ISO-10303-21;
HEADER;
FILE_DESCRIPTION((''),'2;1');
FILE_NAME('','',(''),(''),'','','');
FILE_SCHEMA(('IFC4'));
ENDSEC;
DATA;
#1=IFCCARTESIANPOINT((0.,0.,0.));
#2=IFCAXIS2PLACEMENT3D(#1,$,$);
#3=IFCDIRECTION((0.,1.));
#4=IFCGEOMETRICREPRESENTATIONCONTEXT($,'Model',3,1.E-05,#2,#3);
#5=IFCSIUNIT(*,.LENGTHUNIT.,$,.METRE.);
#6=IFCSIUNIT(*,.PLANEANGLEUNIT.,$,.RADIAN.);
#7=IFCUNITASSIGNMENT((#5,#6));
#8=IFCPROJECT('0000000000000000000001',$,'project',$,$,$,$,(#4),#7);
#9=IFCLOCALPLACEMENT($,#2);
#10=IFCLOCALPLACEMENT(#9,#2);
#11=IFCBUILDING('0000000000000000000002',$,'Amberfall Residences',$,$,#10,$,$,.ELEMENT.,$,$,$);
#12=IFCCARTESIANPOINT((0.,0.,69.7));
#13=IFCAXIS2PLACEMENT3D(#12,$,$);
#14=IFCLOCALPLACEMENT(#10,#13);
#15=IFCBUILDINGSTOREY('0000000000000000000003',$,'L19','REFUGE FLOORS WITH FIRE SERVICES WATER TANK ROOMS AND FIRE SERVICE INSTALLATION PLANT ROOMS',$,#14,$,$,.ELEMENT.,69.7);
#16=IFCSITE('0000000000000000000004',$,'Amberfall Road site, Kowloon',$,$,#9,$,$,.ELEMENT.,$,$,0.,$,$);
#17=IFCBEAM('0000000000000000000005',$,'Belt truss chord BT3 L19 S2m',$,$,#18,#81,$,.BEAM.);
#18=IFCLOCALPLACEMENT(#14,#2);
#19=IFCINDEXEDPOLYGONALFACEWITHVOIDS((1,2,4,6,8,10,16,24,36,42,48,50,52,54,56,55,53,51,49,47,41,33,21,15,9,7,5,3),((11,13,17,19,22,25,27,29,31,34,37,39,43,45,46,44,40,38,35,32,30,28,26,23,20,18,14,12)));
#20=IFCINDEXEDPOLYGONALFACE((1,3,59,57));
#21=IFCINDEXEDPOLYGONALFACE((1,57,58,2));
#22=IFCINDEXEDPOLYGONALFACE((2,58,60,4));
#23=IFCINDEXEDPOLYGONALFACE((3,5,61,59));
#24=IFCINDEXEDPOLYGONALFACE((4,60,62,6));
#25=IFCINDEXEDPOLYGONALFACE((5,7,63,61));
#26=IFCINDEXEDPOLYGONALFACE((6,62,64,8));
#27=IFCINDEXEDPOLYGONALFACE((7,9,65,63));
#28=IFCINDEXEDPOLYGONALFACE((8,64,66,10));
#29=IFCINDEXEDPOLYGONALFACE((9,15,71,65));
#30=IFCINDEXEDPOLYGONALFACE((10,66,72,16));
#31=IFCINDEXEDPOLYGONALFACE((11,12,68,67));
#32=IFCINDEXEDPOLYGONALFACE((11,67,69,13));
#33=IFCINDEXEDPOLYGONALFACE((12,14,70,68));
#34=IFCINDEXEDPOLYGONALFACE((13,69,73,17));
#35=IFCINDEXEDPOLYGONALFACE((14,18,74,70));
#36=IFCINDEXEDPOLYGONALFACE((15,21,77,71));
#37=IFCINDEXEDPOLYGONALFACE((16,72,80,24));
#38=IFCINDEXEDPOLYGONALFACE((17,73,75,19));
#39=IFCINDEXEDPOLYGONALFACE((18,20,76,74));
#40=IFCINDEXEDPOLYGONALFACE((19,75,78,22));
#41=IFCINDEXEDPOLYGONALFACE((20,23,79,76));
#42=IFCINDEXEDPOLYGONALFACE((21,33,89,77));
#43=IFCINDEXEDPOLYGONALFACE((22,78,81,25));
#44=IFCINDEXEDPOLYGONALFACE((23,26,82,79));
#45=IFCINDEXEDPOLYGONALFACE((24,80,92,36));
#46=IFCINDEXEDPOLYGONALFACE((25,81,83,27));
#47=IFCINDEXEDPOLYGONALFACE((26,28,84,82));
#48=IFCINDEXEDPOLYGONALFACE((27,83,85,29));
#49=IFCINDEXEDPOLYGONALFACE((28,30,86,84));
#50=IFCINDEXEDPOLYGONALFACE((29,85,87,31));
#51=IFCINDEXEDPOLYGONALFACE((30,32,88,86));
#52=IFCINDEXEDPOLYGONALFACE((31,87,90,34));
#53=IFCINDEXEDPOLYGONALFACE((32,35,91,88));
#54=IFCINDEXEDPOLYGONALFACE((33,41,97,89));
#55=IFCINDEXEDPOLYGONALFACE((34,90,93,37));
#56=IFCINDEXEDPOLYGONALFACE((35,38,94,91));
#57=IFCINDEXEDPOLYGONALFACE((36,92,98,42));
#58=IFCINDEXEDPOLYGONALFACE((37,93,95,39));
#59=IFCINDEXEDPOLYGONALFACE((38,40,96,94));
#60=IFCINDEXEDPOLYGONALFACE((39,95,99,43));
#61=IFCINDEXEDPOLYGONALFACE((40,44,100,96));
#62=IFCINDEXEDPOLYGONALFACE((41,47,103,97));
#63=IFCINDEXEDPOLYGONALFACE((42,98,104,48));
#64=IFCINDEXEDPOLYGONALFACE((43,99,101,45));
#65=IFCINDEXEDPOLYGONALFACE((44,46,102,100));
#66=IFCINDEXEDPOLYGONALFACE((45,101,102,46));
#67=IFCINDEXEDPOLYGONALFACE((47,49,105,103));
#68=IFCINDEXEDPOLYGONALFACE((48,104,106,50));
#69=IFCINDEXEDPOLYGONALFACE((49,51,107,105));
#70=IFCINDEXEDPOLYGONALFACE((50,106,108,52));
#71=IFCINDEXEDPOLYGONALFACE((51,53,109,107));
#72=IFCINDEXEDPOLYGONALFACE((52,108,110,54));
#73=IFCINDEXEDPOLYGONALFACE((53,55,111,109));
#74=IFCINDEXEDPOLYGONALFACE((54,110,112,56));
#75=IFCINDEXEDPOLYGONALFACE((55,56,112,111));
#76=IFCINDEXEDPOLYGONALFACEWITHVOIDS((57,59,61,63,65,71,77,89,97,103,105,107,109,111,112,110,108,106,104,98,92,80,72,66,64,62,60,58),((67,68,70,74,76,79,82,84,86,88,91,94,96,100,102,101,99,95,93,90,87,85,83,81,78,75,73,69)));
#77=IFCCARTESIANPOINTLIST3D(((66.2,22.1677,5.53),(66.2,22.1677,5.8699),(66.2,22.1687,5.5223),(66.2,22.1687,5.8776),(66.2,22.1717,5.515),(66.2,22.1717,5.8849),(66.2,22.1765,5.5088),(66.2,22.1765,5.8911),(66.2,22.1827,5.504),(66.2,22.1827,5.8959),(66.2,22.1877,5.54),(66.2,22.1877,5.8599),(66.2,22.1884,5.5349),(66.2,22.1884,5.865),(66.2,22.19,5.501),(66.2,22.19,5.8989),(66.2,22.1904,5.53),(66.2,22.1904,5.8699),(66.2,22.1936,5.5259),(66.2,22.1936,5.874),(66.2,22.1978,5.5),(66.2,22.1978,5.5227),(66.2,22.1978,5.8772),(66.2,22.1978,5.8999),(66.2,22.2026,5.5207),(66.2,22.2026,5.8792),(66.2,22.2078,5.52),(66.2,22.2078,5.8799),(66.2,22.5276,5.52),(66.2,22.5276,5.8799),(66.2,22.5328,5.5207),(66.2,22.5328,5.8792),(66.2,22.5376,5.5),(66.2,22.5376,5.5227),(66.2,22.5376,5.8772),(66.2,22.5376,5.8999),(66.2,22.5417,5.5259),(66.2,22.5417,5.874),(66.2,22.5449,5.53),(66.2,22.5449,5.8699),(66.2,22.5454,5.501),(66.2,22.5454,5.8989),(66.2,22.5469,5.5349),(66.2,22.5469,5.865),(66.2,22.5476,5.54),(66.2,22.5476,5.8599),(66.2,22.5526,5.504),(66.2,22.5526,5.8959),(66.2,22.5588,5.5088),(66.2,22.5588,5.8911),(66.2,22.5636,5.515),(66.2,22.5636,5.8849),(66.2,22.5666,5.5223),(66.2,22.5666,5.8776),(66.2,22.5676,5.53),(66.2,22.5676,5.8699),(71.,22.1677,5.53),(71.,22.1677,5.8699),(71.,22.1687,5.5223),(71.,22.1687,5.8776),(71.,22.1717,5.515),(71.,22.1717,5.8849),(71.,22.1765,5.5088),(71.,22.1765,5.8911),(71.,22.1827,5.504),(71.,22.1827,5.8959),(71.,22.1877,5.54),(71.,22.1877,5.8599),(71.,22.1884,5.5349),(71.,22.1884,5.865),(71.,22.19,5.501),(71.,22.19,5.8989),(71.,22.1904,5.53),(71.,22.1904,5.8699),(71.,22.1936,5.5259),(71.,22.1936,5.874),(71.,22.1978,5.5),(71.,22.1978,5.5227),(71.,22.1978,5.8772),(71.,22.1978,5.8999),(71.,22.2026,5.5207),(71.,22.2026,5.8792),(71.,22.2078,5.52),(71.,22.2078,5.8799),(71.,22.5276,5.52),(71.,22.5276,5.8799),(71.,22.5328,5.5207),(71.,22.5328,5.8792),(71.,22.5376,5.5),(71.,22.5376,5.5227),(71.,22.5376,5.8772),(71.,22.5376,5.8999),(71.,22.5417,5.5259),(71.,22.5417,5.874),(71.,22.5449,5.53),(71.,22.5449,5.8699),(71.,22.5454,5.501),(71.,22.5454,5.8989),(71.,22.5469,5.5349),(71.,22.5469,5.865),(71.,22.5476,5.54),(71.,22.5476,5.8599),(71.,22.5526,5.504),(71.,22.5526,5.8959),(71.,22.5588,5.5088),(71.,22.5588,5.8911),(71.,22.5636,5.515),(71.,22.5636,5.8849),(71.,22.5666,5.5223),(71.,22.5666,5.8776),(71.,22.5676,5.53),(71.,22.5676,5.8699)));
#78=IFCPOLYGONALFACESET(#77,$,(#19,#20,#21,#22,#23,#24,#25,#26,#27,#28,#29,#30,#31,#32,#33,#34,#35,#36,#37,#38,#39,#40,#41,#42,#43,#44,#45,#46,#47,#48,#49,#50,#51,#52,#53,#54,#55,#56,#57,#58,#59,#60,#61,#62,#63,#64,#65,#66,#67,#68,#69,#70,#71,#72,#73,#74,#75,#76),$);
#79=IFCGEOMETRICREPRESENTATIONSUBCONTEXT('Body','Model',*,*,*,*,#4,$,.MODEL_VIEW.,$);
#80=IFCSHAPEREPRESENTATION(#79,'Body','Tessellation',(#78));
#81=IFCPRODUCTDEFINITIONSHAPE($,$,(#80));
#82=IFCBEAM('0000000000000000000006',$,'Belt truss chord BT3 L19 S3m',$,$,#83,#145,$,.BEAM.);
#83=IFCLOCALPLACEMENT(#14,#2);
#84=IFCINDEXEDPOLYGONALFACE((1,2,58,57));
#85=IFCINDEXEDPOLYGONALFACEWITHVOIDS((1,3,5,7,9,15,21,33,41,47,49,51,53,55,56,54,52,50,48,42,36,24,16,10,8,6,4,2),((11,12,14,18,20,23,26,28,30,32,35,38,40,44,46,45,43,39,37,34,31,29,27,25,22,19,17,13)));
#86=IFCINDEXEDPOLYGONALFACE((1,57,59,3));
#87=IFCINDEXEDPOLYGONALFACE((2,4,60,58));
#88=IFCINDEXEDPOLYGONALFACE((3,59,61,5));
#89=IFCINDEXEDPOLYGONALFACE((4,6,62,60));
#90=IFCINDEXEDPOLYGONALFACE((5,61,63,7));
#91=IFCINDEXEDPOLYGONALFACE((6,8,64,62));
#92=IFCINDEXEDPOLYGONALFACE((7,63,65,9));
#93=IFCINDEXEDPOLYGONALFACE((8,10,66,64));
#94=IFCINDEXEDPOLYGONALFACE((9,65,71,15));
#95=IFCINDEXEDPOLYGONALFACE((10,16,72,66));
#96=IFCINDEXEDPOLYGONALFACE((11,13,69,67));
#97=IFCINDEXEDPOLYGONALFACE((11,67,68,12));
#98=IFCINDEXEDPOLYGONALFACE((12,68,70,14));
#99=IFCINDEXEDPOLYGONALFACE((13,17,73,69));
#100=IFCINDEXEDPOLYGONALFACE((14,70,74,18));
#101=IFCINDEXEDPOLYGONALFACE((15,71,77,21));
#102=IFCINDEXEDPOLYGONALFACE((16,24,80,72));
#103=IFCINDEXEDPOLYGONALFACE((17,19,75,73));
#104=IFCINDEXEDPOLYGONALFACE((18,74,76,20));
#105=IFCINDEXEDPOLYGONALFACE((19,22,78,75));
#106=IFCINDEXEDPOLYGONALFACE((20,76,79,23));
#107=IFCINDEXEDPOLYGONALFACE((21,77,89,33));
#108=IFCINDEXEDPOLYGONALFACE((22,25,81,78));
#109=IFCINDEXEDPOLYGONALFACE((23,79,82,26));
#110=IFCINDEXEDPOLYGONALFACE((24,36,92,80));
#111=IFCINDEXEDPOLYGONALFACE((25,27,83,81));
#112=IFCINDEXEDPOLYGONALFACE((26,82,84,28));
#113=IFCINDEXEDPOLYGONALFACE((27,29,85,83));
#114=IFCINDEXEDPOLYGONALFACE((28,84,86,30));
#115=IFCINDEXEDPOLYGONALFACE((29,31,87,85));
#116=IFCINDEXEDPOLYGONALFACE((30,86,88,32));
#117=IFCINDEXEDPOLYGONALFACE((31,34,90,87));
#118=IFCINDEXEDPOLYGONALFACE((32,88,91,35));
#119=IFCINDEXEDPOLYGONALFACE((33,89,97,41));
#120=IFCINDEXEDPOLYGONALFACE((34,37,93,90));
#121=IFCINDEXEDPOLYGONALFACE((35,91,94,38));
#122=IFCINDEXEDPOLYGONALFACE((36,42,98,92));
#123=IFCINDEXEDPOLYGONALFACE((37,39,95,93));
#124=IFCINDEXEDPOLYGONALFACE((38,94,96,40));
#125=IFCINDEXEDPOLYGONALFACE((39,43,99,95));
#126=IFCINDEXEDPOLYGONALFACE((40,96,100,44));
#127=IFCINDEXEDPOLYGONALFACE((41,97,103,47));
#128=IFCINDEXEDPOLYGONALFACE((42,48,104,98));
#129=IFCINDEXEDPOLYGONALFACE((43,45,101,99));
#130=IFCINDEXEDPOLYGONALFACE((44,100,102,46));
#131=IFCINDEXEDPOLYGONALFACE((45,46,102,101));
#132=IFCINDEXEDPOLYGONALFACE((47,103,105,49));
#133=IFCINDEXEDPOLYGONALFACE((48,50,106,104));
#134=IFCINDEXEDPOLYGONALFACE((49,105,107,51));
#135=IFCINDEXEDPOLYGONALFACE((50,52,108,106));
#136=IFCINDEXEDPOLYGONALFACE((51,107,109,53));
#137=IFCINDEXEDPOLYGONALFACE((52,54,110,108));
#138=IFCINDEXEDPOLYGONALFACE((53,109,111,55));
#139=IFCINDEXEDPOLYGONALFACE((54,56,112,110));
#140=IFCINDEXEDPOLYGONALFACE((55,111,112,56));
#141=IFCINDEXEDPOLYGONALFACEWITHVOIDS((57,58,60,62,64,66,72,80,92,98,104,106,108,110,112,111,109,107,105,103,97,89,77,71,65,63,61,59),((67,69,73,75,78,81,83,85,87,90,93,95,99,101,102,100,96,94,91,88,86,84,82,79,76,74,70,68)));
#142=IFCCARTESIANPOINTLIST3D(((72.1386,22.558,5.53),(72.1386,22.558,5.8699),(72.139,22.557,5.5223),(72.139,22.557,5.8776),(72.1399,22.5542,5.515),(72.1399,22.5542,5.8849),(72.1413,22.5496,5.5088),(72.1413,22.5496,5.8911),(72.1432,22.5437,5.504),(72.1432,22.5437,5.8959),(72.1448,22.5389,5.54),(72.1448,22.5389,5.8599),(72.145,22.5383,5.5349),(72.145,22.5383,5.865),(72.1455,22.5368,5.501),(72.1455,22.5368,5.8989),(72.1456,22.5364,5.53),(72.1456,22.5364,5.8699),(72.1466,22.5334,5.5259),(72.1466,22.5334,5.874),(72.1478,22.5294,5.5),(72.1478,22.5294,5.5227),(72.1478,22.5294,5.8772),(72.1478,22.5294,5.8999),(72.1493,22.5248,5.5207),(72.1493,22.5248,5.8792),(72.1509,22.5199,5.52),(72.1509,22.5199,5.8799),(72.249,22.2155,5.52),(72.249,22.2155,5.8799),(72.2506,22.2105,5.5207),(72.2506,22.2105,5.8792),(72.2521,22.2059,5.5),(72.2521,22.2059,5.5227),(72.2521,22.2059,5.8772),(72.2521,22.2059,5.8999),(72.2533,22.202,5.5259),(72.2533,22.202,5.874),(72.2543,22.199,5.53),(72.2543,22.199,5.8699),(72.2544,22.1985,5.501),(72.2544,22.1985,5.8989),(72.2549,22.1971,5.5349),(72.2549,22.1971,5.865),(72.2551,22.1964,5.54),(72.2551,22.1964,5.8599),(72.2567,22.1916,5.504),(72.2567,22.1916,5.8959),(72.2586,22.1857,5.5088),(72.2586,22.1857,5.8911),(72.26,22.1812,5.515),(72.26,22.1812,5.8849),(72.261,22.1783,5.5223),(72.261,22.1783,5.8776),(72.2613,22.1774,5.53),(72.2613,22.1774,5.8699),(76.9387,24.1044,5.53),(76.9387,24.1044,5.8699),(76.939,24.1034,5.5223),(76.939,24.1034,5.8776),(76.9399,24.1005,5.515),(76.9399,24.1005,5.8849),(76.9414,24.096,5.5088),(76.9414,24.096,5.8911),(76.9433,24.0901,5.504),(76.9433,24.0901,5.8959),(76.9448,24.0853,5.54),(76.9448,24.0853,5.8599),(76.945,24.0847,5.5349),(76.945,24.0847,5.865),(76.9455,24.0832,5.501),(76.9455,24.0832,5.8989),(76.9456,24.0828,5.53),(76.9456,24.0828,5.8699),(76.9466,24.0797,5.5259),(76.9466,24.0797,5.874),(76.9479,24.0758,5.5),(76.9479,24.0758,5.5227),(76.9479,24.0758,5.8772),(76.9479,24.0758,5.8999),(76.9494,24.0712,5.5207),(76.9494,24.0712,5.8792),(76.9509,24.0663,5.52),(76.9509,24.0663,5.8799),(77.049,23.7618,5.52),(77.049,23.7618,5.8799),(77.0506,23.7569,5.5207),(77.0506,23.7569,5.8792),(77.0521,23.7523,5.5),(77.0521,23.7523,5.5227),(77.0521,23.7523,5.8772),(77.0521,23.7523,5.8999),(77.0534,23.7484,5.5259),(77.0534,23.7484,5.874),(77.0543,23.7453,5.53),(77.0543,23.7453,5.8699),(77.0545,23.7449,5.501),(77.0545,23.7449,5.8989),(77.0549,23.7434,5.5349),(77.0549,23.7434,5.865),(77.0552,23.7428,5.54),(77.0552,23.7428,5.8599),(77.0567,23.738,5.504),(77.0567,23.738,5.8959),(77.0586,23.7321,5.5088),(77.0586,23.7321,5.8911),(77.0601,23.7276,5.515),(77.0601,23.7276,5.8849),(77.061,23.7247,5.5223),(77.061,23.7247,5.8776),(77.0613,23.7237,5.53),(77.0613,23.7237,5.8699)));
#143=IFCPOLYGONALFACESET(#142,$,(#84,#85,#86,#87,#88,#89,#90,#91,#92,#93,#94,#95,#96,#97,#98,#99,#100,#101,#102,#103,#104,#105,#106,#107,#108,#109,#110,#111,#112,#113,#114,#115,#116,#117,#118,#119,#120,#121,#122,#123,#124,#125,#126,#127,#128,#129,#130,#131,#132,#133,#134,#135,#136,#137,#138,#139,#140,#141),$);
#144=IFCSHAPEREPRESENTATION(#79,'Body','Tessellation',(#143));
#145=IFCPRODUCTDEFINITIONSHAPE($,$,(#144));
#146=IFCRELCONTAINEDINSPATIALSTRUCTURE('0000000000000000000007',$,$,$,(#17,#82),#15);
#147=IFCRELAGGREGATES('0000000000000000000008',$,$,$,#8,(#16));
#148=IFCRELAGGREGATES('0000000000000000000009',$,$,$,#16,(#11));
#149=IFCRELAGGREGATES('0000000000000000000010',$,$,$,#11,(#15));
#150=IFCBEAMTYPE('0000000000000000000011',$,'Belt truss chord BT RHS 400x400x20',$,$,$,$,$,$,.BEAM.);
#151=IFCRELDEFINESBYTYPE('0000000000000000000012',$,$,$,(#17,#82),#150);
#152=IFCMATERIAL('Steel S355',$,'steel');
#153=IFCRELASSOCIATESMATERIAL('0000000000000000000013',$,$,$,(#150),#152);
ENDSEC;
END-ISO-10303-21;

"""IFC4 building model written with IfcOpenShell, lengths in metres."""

from ifc_helpers import new_model, si_unit, direction, frame, origin, origin_2d, place, context, subcontext, project, spatial, hollow_rectangle, extrude, material, material_profile, profile_set, type_object, element, save


model = new_model("IFC4")

# Units and contexts
model_context = context("Model", 3, precision=1e-05, world=origin(), true_north=direction((0.0, 1.0)))
body_context = subcontext(model_context, "Body", "Model", "MODEL_VIEW")
ifc_project = project(units=[si_unit("LENGTHUNIT", "METRE"), si_unit("PLANEANGLEUNIT", "RADIAN")], contexts=[model_context])

# Site, building, storey
site_placement = place(None, origin())
site = spatial("IfcSite", under=ifc_project, at=site_placement, Name="Amberfall Road site, Kowloon", CompositionType="ELEMENT", RefElevation=0.0)
building_placement = place(site_placement, origin())
building = spatial("IfcBuilding", under=site, at=building_placement, Name="Amberfall Residences", CompositionType="ELEMENT")
storey_placement = place(building_placement, frame((0.0, 0.0, 69.7)))
storey = spatial("IfcBuildingStorey", under=building, at=storey_placement, Name="L19", Description="REFUGE FLOORS WITH FIRE SERVICES WATER TANK ROOMS AND FIRE SERVICE INSTALLATION PLANT ROOMS", CompositionType="ELEMENT", Elevation=69.7)

# Beams
ifc_material_1 = material(Name="Steel S355", Category="steel")
ifc_material_profile_1 = material_profile(ifc_material_1, hollow_rectangle(XDim=0.3999, YDim=0.3999, WallThickness=0.02, InnerFilletRadius=0.02, OuterFilletRadius=0.03, at=origin_2d()), Name="RHS 400x400x20")
ifc_profile_set_1 = profile_set([ifc_material_profile_1], Name="Steel S355")
beam_type_1 = type_object("IfcBeamType", Name="Belt truss chord BT RHS 400x400x20", PredefinedType="BEAM", material=ifc_profile_set_1)
beam_1_placement = place(storey_placement, frame((66.2, 22.3677, 5.7), z_axis=(1.0, 0.0, 0.0), x_axis=(0.0, 1.0, 0.0)))
element("IfcBeam", 1, at=beam_1_placement, inside=storey, type_object=beam_type_1, Name="Belt truss chord BT3 L19 S2m", PredefinedType="BEAM", context=body_context, shape_type="SweptSolid", body=[
    extrude(hollow_rectangle(XDim=0.3999, YDim=0.3999, WallThickness=0.02, InnerFilletRadius=0.02, OuterFilletRadius=0.03, at=origin_2d()), origin(), (0.0, 0.0, 1.0), 4.8),
])
beam_2_placement = place(storey_placement, frame((72.2, 22.3677, 5.7), z_axis=(0.951825, 0.306641, 0.0), x_axis=(-0.306641, 0.951825, 0.0)))
element("IfcBeam", 2, at=beam_2_placement, inside=storey, type_object=beam_type_1, Name="Belt truss chord BT3 L19 S3m", PredefinedType="BEAM", context=body_context, shape_type="SweptSolid", body=[
    extrude(hollow_rectangle(XDim=0.3999, YDim=0.3999, WallThickness=0.02, InnerFilletRadius=0.02, OuterFilletRadius=0.03, at=origin_2d()), origin(), (0.0, 0.0, 1.0), 5.043),
])

save(model, "model.ifc")
